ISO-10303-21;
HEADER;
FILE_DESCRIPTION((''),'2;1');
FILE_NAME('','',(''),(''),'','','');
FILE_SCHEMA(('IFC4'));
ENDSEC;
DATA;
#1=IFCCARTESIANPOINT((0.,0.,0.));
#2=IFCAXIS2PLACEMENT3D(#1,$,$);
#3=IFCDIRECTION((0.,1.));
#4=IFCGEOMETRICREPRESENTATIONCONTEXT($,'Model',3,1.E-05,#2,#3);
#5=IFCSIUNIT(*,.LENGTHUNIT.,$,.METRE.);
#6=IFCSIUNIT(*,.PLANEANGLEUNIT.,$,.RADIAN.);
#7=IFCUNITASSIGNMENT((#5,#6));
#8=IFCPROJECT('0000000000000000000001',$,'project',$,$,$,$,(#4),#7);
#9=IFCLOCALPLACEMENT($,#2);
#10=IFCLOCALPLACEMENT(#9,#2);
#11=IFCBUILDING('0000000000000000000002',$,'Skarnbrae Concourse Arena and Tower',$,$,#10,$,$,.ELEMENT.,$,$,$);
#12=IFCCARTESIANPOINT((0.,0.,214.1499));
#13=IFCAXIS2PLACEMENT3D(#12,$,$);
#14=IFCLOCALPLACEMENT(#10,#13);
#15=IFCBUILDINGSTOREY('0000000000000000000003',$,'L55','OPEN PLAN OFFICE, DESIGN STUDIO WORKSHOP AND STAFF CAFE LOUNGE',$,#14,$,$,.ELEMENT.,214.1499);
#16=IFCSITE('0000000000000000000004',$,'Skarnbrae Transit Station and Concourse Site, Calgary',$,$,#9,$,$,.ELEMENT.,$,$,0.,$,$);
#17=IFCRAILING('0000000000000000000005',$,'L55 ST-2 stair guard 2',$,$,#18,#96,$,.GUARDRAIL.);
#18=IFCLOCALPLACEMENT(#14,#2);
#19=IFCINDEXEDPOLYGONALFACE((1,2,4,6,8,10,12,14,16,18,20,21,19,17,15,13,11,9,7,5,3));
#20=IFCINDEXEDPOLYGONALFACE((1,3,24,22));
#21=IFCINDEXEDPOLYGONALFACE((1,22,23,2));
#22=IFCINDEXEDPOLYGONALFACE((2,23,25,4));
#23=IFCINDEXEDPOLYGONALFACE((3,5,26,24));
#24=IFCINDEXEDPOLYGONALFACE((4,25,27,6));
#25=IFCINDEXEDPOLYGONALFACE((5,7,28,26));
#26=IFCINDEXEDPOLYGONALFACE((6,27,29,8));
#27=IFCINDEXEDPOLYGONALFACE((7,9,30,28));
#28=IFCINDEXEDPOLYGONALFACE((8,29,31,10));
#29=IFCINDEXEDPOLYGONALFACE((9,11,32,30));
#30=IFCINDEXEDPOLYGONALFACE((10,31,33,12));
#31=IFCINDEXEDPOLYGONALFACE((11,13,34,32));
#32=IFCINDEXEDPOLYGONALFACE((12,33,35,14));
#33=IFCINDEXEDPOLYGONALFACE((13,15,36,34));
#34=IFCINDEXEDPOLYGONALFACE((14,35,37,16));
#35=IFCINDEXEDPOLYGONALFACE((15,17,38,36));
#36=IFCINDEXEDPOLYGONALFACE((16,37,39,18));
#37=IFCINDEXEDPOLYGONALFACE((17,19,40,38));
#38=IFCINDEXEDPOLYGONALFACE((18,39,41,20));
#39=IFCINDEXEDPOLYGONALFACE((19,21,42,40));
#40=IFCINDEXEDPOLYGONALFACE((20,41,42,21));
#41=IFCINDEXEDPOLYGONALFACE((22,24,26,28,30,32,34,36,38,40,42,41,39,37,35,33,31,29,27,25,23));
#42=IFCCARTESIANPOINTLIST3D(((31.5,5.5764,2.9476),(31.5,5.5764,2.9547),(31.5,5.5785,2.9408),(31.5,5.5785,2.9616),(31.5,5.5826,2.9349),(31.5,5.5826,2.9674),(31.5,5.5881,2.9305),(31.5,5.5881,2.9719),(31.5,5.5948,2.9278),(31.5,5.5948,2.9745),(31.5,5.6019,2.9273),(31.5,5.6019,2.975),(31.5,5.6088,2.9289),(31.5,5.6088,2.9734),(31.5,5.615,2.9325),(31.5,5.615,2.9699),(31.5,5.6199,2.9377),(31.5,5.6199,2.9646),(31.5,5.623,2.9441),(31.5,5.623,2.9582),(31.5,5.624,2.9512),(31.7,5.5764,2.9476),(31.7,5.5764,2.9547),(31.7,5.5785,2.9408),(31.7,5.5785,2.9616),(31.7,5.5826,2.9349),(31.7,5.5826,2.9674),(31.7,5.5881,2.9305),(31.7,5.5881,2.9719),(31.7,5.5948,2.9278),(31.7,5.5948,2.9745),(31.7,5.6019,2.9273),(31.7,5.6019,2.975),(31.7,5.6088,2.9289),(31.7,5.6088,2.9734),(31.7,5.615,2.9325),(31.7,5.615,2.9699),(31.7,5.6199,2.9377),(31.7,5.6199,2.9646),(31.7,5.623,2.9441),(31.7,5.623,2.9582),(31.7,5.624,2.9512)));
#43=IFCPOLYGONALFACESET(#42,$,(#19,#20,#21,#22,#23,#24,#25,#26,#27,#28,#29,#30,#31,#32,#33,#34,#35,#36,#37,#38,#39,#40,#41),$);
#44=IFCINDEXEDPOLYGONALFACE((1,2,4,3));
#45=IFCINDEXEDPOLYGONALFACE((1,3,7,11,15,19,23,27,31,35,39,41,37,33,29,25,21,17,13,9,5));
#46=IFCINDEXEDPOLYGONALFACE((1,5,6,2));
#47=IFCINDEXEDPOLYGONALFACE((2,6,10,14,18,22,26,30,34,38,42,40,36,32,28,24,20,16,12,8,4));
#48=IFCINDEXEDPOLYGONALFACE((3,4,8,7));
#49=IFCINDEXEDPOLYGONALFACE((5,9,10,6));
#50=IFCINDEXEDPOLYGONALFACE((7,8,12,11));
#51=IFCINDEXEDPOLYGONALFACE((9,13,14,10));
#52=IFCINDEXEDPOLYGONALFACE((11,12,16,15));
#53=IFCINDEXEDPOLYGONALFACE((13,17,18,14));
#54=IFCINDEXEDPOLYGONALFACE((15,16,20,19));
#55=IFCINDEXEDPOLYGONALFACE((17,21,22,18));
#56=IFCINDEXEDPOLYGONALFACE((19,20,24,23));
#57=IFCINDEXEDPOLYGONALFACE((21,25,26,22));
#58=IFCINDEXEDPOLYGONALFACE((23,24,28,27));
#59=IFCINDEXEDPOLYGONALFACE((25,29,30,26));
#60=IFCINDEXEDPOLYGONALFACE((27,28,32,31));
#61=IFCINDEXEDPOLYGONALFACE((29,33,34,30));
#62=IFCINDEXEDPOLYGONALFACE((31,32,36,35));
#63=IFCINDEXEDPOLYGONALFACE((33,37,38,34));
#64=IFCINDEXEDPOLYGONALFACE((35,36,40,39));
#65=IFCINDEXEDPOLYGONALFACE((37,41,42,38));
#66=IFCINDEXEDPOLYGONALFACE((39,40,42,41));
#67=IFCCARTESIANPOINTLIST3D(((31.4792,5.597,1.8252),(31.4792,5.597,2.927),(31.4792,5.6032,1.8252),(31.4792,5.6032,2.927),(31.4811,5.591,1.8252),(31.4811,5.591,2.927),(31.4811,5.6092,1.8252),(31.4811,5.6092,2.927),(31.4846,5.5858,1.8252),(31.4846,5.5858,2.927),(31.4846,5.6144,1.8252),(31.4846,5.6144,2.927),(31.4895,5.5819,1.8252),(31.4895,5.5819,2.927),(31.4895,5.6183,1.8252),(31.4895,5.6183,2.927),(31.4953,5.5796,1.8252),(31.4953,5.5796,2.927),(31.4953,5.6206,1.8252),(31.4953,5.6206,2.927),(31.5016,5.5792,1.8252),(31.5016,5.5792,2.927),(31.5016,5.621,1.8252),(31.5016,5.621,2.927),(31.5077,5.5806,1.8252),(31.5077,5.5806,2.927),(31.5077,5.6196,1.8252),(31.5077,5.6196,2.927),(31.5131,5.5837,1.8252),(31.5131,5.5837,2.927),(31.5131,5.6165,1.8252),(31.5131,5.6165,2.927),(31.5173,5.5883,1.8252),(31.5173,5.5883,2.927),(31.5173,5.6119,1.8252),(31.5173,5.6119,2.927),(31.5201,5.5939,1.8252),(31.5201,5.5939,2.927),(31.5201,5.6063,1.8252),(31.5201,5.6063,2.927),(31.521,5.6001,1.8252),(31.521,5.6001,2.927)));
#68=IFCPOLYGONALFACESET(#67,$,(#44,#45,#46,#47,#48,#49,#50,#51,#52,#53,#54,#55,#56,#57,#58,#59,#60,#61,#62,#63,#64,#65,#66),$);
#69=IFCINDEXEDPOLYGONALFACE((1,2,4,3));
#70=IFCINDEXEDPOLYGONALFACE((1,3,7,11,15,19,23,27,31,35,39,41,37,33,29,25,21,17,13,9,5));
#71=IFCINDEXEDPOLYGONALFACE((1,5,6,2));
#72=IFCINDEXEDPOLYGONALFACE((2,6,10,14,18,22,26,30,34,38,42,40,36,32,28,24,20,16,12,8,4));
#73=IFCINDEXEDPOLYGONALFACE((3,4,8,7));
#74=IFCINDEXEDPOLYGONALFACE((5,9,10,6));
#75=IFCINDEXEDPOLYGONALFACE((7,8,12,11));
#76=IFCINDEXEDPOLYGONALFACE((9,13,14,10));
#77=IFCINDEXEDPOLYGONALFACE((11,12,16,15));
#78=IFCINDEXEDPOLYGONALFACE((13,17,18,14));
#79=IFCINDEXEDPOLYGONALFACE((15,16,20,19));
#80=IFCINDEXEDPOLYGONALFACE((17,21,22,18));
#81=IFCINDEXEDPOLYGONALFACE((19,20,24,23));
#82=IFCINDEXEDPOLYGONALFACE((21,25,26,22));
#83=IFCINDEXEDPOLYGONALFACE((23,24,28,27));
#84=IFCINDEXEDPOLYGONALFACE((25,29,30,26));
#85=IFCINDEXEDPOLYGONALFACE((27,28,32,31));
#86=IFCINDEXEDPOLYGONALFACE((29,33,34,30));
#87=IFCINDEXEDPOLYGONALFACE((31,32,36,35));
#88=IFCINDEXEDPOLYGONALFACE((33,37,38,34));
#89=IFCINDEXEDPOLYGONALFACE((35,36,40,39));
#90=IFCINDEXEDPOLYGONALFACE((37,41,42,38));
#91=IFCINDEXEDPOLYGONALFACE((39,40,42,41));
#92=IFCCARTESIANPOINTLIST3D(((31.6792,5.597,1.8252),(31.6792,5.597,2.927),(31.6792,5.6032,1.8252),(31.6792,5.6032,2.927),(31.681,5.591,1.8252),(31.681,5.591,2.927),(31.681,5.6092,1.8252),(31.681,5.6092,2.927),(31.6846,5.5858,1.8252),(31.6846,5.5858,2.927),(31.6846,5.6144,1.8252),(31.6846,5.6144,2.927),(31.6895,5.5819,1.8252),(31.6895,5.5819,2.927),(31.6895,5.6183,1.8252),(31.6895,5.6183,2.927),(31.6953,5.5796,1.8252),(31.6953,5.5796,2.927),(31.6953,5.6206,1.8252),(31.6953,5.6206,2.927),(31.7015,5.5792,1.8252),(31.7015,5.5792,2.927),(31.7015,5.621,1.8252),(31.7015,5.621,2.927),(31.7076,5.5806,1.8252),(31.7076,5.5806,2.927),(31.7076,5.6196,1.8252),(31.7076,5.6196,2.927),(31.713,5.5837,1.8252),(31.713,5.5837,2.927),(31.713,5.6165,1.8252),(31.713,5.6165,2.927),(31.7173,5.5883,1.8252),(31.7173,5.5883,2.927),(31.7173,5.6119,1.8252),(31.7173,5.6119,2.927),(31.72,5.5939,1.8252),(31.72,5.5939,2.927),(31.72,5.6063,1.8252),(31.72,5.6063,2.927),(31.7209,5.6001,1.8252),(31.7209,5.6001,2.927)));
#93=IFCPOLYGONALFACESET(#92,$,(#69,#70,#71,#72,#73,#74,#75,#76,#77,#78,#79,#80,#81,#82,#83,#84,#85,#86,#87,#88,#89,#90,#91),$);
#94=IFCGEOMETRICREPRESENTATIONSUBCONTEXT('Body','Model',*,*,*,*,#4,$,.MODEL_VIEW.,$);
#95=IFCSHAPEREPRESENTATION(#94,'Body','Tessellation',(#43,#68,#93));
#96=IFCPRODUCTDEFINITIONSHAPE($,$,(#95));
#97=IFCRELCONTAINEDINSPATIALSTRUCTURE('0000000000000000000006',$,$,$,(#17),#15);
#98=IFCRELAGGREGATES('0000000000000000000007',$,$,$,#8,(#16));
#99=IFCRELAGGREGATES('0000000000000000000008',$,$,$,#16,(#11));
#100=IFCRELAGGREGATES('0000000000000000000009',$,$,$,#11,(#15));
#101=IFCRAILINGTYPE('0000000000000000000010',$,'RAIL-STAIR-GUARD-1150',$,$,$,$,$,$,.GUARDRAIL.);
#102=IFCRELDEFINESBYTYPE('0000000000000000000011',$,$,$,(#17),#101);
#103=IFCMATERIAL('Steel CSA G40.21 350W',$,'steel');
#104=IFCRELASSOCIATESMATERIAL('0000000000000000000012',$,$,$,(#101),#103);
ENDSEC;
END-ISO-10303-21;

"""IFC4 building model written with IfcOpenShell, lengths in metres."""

from ifc_helpers import new_model, si_unit, direction, frame, origin, origin_2d, place, context, subcontext, project, spatial, circle, extrude, material, type_object, element, save


model = new_model("IFC4")

# Units and contexts
model_context = context("Model", 3, precision=1e-05, world=origin(), true_north=direction((0.0, 1.0)))
body_context = subcontext(model_context, "Body", "Model", "MODEL_VIEW")
ifc_project = project(units=[si_unit("LENGTHUNIT", "METRE"), si_unit("PLANEANGLEUNIT", "RADIAN")], contexts=[model_context])

# Site, building, storey
site_placement = place(None, origin())
site = spatial("IfcSite", under=ifc_project, at=site_placement, Name="Skarnbrae Transit Station and Concourse Site, Calgary", CompositionType="ELEMENT", RefElevation=0.0)
building_placement = place(site_placement, origin())
building = spatial("IfcBuilding", under=site, at=building_placement, Name="Skarnbrae Concourse Arena and Tower", CompositionType="ELEMENT")
storey_placement = place(building_placement, frame((0.0, 0.0, 214.1499)))
storey = spatial("IfcBuildingStorey", under=building, at=storey_placement, Name="L55", Description="OPEN PLAN OFFICE, DESIGN STUDIO WORKSHOP AND STAFF CAFE LOUNGE", CompositionType="ELEMENT", Elevation=214.1499)

# Shared definitions
ifc_material_1 = material(Name="Steel CSA G40.21 350W", Category="steel")

# Railing
railing_type_1 = type_object("IfcRailingType", Name="RAIL-STAIR-GUARD-1150", PredefinedType="GUARDRAIL", material=ifc_material_1)
railing_1_placement = place(storey_placement, frame((31.5, 5.6001, 1.8252)))
element("IfcRailing", 1, at=railing_1_placement, inside=storey, type_object=railing_type_1, Name="L55 ST-2 stair guard 2", PredefinedType="GUARDRAIL", context=body_context, shape_type="SweptSolid", body=[
    extrude(circle(Radius=0.0239, at=origin_2d()), frame((0.0, 0.0, 1.126), z_axis=(1.0, 0.0, 0.0), x_axis=(0.0, 1.0, 0.0)), (0.0, 0.0, 1.0), 0.2),
    extrude(circle(Radius=0.021, at=origin_2d()), origin(), (0.0, 0.0, 1.0), 1.1018),
    extrude(circle(Radius=0.021, at=origin_2d()), frame((0.2, 0.0, 0.0)), (0.0, 0.0, 1.0), 1.1018),
])

save(model, "model.ifc")
